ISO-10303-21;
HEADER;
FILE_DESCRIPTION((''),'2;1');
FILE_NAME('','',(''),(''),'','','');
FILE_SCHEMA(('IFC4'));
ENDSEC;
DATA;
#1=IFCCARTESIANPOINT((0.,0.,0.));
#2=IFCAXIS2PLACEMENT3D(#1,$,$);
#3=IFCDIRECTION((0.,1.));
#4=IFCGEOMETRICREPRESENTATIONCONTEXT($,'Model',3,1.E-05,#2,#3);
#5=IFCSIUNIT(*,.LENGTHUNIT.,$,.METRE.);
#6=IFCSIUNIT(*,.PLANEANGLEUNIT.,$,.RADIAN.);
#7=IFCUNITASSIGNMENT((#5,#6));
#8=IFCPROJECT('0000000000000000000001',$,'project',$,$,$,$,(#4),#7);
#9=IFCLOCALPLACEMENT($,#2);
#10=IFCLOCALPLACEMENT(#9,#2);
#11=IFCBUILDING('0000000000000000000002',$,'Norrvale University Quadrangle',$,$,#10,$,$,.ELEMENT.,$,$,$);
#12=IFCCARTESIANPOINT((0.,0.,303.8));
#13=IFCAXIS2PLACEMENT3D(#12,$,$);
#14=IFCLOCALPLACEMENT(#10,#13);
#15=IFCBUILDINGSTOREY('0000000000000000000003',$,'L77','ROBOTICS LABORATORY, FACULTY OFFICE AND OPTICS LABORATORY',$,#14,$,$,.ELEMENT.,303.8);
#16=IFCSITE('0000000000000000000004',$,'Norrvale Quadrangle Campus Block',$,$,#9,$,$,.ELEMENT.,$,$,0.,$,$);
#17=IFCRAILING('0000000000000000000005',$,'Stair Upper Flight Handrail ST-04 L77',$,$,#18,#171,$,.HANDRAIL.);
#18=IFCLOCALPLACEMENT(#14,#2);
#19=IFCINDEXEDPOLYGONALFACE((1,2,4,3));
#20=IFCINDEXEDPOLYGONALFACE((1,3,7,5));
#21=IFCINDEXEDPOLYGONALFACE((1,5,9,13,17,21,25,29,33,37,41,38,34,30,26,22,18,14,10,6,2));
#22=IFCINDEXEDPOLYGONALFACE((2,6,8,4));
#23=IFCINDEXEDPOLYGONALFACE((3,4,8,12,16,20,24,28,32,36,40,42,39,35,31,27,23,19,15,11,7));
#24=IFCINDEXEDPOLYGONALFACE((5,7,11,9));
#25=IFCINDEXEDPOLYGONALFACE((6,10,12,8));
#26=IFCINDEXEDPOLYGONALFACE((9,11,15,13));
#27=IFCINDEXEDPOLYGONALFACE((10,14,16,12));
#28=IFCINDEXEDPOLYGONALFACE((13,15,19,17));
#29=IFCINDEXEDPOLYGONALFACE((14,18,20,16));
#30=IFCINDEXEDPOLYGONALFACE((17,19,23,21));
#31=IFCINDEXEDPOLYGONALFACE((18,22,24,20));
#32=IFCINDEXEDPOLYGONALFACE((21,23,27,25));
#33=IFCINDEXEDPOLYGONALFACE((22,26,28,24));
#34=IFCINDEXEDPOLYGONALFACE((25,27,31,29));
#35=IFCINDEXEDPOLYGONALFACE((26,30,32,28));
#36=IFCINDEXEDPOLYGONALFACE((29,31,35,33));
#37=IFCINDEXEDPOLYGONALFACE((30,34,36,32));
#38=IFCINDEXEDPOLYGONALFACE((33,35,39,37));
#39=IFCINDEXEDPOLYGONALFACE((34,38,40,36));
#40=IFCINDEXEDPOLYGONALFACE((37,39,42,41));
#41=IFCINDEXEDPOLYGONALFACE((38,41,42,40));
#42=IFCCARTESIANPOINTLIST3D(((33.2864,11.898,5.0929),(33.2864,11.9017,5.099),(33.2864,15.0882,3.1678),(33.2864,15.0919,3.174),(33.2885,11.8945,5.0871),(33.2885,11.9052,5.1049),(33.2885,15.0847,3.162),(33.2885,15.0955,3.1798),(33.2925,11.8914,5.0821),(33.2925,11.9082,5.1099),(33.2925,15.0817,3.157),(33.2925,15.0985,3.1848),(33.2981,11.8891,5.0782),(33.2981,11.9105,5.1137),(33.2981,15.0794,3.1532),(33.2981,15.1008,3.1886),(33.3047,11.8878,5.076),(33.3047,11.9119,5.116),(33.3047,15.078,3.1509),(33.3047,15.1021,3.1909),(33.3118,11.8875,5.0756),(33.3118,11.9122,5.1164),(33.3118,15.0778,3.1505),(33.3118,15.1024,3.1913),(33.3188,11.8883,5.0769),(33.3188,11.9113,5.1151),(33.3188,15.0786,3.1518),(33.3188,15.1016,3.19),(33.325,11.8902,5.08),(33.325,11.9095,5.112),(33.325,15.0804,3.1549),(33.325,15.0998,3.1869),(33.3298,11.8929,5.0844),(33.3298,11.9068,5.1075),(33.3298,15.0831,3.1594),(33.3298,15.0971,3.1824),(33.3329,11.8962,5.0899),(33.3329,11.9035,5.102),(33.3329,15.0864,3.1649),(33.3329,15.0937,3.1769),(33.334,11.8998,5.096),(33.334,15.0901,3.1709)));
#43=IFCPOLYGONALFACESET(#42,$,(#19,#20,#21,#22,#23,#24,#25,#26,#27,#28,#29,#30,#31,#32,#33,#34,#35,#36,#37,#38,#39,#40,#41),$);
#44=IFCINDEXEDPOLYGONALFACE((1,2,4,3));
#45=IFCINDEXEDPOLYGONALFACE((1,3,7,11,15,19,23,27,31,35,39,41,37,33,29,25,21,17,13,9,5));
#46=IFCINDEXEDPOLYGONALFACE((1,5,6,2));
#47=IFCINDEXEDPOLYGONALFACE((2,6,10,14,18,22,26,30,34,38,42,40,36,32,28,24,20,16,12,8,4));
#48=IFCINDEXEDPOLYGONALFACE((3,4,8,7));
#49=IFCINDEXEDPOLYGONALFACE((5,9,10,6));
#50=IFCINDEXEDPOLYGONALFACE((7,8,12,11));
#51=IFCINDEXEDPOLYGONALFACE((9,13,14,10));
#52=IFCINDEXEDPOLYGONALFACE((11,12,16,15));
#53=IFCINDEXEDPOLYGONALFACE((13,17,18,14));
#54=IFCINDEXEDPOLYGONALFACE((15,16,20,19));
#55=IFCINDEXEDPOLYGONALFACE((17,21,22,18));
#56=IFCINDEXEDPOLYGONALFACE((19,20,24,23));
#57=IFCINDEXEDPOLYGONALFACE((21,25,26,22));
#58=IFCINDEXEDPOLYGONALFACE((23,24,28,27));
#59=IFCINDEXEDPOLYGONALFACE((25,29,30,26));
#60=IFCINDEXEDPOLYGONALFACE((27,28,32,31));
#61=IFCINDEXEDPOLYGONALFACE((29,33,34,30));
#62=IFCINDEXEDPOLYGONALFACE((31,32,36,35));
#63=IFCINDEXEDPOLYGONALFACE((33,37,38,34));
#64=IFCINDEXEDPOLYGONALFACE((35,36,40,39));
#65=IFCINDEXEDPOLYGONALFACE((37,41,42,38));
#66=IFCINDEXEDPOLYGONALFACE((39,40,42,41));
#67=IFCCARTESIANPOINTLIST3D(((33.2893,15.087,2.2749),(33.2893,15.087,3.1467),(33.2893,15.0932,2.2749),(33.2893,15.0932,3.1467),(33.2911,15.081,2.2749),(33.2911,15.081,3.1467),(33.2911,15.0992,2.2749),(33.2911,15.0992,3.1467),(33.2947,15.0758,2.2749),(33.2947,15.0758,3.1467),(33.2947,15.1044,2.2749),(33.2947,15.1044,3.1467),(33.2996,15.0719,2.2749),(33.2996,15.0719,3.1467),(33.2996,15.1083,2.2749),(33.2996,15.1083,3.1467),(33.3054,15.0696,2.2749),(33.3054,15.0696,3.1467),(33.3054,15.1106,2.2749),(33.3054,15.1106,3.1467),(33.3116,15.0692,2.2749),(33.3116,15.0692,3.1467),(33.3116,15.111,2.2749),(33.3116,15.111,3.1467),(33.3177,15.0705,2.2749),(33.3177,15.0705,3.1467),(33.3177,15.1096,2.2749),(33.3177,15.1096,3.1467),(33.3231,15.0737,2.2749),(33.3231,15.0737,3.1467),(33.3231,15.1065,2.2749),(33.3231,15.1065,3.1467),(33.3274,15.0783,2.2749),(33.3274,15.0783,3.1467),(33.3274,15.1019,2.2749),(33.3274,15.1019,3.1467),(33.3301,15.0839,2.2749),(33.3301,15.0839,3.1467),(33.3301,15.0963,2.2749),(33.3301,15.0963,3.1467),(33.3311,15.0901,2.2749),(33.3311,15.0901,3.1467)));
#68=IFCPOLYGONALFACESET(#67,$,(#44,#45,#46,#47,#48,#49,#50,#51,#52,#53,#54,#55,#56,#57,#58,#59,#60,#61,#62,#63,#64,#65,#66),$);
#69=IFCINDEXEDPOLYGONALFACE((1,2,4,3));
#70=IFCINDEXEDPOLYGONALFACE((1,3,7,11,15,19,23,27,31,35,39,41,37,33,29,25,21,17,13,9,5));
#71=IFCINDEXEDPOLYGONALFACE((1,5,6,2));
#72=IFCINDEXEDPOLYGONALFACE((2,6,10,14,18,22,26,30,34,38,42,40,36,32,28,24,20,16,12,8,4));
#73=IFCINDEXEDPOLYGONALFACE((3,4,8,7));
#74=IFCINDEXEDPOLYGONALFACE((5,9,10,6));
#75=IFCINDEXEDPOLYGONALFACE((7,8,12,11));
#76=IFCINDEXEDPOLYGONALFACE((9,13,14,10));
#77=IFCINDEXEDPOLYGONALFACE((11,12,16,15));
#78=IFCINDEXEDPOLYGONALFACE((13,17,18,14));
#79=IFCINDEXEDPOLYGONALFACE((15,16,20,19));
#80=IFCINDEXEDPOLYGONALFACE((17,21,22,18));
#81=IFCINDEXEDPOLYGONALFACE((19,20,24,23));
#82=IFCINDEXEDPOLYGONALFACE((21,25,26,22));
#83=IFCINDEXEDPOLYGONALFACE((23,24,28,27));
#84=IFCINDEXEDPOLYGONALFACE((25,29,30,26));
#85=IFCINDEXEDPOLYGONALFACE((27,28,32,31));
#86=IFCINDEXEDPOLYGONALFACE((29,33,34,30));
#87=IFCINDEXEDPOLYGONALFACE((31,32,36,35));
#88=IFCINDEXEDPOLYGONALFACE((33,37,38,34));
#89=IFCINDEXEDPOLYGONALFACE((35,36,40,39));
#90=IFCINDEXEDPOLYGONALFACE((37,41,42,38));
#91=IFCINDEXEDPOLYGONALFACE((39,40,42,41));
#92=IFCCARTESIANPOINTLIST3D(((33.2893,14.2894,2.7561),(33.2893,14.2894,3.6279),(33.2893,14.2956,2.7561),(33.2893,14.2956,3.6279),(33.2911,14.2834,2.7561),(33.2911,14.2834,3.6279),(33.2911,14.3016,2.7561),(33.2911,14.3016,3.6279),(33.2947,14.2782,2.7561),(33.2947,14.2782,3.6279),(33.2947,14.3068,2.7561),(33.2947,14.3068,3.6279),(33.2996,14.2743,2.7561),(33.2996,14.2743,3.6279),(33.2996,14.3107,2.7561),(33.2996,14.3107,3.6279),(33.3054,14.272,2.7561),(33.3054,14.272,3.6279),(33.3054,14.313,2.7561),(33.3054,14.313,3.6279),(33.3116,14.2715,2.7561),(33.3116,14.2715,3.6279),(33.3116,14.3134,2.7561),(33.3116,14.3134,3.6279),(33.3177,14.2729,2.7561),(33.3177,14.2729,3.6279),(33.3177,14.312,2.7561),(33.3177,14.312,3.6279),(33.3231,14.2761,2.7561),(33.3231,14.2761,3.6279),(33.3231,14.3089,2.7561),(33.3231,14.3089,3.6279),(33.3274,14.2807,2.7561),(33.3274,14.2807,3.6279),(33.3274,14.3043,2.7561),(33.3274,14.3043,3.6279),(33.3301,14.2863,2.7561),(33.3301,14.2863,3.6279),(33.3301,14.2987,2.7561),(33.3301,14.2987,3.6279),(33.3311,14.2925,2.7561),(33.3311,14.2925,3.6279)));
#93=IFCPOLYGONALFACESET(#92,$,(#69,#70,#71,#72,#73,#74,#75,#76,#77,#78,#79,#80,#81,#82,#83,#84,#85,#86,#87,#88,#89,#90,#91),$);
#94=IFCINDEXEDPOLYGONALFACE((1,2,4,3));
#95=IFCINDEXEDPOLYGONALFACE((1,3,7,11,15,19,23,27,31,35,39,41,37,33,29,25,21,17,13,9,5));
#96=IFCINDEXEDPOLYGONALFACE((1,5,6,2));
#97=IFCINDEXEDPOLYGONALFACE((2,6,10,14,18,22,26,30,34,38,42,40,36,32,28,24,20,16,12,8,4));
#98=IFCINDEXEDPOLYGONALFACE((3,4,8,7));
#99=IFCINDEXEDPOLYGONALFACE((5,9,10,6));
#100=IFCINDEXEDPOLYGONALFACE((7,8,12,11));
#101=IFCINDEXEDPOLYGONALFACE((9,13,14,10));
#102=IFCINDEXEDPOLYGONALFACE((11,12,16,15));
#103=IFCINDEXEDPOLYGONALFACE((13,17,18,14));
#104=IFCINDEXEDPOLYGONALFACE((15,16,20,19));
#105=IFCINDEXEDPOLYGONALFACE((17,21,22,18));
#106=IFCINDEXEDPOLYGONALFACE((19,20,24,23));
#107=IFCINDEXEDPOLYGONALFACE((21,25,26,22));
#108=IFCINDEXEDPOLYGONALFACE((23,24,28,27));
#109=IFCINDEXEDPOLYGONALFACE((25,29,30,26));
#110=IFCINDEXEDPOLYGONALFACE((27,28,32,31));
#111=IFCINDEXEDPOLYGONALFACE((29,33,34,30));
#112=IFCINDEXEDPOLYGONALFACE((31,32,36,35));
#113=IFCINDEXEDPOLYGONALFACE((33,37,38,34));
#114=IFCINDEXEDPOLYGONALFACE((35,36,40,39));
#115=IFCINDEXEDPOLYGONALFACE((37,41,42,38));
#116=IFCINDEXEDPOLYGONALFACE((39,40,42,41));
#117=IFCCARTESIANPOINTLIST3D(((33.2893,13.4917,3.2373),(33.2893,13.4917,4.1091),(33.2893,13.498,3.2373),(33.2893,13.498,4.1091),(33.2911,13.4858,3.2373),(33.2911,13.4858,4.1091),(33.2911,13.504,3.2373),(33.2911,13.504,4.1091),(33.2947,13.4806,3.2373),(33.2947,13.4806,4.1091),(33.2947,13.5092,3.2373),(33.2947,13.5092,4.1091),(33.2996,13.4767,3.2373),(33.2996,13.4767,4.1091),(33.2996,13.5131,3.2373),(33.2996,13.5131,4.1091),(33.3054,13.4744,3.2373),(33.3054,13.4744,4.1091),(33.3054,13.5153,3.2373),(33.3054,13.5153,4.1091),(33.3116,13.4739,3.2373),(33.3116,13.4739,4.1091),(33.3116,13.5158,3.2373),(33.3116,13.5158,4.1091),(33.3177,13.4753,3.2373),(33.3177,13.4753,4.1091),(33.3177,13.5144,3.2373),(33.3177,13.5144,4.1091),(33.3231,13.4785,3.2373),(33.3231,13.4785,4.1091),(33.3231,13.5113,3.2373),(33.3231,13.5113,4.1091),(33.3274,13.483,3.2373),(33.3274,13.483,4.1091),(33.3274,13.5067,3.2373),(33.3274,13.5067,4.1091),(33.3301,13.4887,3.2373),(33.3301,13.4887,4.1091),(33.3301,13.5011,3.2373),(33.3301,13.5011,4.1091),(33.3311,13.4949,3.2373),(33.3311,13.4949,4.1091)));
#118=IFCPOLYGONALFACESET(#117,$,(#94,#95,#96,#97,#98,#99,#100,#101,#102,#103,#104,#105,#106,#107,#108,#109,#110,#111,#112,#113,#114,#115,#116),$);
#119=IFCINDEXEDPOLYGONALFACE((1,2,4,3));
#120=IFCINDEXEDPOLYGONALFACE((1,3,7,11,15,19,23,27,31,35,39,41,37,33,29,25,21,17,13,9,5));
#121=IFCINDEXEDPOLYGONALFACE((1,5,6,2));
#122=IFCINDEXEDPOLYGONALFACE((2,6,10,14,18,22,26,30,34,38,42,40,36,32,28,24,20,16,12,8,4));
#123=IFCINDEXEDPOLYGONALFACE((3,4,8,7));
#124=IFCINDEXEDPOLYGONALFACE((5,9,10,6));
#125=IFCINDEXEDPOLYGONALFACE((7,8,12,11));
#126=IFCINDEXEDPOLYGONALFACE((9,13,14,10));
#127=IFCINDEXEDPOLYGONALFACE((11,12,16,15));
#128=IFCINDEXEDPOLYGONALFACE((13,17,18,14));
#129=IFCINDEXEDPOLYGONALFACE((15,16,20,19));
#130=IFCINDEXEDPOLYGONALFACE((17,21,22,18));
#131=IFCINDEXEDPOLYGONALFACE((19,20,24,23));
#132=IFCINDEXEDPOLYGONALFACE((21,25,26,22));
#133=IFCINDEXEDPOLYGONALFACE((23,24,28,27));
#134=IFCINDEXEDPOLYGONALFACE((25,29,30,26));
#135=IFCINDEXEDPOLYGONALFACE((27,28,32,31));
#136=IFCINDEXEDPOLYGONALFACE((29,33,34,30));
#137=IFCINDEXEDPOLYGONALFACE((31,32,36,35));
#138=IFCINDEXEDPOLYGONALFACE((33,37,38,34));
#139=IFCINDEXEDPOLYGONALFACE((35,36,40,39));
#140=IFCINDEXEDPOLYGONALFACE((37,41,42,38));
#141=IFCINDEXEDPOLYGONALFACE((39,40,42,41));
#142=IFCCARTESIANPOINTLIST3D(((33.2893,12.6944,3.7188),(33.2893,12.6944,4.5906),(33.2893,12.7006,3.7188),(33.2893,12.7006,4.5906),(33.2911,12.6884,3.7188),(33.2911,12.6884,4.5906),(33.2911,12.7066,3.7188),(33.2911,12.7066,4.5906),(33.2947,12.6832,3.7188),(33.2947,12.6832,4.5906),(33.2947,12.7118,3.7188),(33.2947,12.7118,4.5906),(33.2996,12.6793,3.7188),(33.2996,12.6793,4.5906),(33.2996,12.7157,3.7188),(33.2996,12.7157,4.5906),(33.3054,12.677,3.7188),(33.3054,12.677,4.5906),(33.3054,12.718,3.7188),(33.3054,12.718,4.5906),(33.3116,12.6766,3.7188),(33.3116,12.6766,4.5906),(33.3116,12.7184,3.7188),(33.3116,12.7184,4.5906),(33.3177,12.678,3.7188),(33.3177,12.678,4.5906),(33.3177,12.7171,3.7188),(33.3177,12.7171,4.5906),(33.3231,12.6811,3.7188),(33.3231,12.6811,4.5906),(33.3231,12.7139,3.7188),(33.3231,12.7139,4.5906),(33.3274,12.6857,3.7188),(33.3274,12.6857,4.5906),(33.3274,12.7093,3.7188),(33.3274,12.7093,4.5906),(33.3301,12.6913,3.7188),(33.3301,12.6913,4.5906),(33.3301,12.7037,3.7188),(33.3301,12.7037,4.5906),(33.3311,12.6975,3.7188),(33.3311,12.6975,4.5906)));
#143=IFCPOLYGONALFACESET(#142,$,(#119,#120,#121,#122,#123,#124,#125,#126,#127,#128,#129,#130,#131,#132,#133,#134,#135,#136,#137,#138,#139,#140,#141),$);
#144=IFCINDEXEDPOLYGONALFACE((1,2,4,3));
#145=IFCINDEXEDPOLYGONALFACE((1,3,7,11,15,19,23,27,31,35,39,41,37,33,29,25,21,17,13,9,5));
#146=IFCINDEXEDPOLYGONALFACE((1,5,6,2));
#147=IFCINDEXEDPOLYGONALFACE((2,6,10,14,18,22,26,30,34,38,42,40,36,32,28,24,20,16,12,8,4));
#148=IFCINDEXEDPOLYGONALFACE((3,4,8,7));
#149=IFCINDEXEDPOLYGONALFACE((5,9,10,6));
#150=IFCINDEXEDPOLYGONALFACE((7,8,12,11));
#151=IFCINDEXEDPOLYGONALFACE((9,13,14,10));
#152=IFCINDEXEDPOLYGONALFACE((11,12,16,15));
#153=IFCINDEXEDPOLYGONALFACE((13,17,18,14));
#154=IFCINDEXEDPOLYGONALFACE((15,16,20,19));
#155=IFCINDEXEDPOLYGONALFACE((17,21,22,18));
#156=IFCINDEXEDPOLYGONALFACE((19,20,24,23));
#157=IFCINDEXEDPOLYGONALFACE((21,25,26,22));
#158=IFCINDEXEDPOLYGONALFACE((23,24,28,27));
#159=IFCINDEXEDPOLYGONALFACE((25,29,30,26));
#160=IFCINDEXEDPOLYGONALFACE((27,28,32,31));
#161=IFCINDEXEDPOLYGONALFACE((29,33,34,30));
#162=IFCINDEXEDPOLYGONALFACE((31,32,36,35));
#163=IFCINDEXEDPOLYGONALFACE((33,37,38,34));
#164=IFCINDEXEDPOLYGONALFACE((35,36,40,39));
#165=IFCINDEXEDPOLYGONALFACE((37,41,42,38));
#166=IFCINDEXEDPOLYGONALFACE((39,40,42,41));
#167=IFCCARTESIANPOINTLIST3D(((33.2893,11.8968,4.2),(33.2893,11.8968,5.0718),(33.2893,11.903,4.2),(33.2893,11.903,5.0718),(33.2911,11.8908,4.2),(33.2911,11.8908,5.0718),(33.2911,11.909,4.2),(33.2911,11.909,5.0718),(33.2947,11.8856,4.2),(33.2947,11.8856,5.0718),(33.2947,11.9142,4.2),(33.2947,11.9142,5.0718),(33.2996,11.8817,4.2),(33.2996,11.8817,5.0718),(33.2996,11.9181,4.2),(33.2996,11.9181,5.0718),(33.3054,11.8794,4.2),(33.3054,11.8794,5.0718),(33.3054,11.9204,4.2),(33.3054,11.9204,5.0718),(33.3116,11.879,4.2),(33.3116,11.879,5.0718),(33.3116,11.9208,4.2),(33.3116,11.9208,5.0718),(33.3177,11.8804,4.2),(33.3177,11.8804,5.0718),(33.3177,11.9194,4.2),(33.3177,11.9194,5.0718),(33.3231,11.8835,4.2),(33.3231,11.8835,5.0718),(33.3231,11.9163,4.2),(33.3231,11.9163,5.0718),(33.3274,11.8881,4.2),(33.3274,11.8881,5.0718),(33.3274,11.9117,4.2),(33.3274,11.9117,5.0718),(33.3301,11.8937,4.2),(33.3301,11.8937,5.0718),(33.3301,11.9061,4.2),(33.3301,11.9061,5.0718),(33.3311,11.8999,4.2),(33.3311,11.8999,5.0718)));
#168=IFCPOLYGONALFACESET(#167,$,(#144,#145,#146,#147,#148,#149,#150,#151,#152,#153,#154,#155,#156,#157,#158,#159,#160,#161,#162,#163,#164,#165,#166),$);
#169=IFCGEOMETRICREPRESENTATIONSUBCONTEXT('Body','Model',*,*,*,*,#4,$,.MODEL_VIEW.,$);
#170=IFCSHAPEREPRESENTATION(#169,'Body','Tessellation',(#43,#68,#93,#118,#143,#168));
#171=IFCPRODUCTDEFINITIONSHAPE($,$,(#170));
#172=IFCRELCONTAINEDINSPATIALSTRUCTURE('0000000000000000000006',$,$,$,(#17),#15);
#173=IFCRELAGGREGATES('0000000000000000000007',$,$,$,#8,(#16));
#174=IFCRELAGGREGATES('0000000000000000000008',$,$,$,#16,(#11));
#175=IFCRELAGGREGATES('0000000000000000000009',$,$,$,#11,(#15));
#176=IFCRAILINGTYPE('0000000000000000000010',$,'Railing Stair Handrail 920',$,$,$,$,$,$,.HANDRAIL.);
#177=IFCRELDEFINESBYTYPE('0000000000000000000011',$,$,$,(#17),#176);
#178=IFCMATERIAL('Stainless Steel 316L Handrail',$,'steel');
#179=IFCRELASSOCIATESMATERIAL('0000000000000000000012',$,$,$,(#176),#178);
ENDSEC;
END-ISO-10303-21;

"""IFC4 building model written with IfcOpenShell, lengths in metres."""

from ifc_helpers import new_model, si_unit, direction, frame, origin, origin_2d, place, context, subcontext, project, spatial, circle, extrude, material, type_object, element, save


model = new_model("IFC4")

# Units and contexts
model_context = context("Model", 3, precision=1e-05, world=origin(), true_north=direction((0.0, 1.0)))
body_context = subcontext(model_context, "Body", "Model", "MODEL_VIEW")
ifc_project = project(units=[si_unit("LENGTHUNIT", "METRE"), si_unit("PLANEANGLEUNIT", "RADIAN")], contexts=[model_context])

# Site, building, storey
site_placement = place(None, origin())
site = spatial("IfcSite", under=ifc_project, at=site_placement, Name="Norrvale Quadrangle Campus Block", CompositionType="ELEMENT", RefElevation=0.0)
building_placement = place(site_placement, origin())
building = spatial("IfcBuilding", under=site, at=building_placement, Name="Norrvale University Quadrangle", CompositionType="ELEMENT")
storey_placement = place(building_placement, frame((0.0, 0.0, 303.8)))
storey = spatial("IfcBuildingStorey", under=building, at=storey_placement, Name="L77", Description="ROBOTICS LABORATORY, FACULTY OFFICE AND OPTICS LABORATORY", CompositionType="ELEMENT", Elevation=303.8)

# Railing
ifc_material_1 = material(Name="Stainless Steel 316L Handrail", Category="steel")
railing_type_1 = type_object("IfcRailingType", Name="Railing Stair Handrail 920", PredefinedType="HANDRAIL", material=ifc_material_1)
railing_1_placement = place(storey_placement, frame((33.3101, 15.0901, 2.2749)))
element("IfcRailing", 1, at=railing_1_placement, inside=storey, type_object=railing_type_1, Name="Stair Upper Flight Handrail ST-04 L77", PredefinedType="HANDRAIL", context=body_context, shape_type="SweptSolid", body=[
    extrude(circle(Radius=0.0239, at=origin_2d()), frame((0.0, 0.0, 0.896), z_axis=(0.0, -0.856195, 0.516653), x_axis=(1.0, 0.0, 0.0)), (0.0, 0.0, 1.0), 3.7261),
    extrude(circle(Radius=0.021, at=origin_2d()), origin(), (0.0, 0.0, 1.0), 0.8718),
    extrude(circle(Radius=0.021, at=origin_2d()), frame((0.0, -0.7976, 0.4812)), (0.0, 0.0, 1.0), 0.8718),
    extrude(circle(Radius=0.021, at=origin_2d()), frame((0.0, -1.5952, 0.9624)), (0.0, 0.0, 1.0), 0.8718),
    extrude(circle(Radius=0.021, at=origin_2d()), frame((0.0, -2.3926, 1.4438)), (0.0, 0.0, 1.0), 0.8718),
    extrude(circle(Radius=0.021, at=origin_2d()), frame((0.0, -3.1902, 1.925)), (0.0, 0.0, 1.0), 0.8718),
])

save(model, "model.ifc")
